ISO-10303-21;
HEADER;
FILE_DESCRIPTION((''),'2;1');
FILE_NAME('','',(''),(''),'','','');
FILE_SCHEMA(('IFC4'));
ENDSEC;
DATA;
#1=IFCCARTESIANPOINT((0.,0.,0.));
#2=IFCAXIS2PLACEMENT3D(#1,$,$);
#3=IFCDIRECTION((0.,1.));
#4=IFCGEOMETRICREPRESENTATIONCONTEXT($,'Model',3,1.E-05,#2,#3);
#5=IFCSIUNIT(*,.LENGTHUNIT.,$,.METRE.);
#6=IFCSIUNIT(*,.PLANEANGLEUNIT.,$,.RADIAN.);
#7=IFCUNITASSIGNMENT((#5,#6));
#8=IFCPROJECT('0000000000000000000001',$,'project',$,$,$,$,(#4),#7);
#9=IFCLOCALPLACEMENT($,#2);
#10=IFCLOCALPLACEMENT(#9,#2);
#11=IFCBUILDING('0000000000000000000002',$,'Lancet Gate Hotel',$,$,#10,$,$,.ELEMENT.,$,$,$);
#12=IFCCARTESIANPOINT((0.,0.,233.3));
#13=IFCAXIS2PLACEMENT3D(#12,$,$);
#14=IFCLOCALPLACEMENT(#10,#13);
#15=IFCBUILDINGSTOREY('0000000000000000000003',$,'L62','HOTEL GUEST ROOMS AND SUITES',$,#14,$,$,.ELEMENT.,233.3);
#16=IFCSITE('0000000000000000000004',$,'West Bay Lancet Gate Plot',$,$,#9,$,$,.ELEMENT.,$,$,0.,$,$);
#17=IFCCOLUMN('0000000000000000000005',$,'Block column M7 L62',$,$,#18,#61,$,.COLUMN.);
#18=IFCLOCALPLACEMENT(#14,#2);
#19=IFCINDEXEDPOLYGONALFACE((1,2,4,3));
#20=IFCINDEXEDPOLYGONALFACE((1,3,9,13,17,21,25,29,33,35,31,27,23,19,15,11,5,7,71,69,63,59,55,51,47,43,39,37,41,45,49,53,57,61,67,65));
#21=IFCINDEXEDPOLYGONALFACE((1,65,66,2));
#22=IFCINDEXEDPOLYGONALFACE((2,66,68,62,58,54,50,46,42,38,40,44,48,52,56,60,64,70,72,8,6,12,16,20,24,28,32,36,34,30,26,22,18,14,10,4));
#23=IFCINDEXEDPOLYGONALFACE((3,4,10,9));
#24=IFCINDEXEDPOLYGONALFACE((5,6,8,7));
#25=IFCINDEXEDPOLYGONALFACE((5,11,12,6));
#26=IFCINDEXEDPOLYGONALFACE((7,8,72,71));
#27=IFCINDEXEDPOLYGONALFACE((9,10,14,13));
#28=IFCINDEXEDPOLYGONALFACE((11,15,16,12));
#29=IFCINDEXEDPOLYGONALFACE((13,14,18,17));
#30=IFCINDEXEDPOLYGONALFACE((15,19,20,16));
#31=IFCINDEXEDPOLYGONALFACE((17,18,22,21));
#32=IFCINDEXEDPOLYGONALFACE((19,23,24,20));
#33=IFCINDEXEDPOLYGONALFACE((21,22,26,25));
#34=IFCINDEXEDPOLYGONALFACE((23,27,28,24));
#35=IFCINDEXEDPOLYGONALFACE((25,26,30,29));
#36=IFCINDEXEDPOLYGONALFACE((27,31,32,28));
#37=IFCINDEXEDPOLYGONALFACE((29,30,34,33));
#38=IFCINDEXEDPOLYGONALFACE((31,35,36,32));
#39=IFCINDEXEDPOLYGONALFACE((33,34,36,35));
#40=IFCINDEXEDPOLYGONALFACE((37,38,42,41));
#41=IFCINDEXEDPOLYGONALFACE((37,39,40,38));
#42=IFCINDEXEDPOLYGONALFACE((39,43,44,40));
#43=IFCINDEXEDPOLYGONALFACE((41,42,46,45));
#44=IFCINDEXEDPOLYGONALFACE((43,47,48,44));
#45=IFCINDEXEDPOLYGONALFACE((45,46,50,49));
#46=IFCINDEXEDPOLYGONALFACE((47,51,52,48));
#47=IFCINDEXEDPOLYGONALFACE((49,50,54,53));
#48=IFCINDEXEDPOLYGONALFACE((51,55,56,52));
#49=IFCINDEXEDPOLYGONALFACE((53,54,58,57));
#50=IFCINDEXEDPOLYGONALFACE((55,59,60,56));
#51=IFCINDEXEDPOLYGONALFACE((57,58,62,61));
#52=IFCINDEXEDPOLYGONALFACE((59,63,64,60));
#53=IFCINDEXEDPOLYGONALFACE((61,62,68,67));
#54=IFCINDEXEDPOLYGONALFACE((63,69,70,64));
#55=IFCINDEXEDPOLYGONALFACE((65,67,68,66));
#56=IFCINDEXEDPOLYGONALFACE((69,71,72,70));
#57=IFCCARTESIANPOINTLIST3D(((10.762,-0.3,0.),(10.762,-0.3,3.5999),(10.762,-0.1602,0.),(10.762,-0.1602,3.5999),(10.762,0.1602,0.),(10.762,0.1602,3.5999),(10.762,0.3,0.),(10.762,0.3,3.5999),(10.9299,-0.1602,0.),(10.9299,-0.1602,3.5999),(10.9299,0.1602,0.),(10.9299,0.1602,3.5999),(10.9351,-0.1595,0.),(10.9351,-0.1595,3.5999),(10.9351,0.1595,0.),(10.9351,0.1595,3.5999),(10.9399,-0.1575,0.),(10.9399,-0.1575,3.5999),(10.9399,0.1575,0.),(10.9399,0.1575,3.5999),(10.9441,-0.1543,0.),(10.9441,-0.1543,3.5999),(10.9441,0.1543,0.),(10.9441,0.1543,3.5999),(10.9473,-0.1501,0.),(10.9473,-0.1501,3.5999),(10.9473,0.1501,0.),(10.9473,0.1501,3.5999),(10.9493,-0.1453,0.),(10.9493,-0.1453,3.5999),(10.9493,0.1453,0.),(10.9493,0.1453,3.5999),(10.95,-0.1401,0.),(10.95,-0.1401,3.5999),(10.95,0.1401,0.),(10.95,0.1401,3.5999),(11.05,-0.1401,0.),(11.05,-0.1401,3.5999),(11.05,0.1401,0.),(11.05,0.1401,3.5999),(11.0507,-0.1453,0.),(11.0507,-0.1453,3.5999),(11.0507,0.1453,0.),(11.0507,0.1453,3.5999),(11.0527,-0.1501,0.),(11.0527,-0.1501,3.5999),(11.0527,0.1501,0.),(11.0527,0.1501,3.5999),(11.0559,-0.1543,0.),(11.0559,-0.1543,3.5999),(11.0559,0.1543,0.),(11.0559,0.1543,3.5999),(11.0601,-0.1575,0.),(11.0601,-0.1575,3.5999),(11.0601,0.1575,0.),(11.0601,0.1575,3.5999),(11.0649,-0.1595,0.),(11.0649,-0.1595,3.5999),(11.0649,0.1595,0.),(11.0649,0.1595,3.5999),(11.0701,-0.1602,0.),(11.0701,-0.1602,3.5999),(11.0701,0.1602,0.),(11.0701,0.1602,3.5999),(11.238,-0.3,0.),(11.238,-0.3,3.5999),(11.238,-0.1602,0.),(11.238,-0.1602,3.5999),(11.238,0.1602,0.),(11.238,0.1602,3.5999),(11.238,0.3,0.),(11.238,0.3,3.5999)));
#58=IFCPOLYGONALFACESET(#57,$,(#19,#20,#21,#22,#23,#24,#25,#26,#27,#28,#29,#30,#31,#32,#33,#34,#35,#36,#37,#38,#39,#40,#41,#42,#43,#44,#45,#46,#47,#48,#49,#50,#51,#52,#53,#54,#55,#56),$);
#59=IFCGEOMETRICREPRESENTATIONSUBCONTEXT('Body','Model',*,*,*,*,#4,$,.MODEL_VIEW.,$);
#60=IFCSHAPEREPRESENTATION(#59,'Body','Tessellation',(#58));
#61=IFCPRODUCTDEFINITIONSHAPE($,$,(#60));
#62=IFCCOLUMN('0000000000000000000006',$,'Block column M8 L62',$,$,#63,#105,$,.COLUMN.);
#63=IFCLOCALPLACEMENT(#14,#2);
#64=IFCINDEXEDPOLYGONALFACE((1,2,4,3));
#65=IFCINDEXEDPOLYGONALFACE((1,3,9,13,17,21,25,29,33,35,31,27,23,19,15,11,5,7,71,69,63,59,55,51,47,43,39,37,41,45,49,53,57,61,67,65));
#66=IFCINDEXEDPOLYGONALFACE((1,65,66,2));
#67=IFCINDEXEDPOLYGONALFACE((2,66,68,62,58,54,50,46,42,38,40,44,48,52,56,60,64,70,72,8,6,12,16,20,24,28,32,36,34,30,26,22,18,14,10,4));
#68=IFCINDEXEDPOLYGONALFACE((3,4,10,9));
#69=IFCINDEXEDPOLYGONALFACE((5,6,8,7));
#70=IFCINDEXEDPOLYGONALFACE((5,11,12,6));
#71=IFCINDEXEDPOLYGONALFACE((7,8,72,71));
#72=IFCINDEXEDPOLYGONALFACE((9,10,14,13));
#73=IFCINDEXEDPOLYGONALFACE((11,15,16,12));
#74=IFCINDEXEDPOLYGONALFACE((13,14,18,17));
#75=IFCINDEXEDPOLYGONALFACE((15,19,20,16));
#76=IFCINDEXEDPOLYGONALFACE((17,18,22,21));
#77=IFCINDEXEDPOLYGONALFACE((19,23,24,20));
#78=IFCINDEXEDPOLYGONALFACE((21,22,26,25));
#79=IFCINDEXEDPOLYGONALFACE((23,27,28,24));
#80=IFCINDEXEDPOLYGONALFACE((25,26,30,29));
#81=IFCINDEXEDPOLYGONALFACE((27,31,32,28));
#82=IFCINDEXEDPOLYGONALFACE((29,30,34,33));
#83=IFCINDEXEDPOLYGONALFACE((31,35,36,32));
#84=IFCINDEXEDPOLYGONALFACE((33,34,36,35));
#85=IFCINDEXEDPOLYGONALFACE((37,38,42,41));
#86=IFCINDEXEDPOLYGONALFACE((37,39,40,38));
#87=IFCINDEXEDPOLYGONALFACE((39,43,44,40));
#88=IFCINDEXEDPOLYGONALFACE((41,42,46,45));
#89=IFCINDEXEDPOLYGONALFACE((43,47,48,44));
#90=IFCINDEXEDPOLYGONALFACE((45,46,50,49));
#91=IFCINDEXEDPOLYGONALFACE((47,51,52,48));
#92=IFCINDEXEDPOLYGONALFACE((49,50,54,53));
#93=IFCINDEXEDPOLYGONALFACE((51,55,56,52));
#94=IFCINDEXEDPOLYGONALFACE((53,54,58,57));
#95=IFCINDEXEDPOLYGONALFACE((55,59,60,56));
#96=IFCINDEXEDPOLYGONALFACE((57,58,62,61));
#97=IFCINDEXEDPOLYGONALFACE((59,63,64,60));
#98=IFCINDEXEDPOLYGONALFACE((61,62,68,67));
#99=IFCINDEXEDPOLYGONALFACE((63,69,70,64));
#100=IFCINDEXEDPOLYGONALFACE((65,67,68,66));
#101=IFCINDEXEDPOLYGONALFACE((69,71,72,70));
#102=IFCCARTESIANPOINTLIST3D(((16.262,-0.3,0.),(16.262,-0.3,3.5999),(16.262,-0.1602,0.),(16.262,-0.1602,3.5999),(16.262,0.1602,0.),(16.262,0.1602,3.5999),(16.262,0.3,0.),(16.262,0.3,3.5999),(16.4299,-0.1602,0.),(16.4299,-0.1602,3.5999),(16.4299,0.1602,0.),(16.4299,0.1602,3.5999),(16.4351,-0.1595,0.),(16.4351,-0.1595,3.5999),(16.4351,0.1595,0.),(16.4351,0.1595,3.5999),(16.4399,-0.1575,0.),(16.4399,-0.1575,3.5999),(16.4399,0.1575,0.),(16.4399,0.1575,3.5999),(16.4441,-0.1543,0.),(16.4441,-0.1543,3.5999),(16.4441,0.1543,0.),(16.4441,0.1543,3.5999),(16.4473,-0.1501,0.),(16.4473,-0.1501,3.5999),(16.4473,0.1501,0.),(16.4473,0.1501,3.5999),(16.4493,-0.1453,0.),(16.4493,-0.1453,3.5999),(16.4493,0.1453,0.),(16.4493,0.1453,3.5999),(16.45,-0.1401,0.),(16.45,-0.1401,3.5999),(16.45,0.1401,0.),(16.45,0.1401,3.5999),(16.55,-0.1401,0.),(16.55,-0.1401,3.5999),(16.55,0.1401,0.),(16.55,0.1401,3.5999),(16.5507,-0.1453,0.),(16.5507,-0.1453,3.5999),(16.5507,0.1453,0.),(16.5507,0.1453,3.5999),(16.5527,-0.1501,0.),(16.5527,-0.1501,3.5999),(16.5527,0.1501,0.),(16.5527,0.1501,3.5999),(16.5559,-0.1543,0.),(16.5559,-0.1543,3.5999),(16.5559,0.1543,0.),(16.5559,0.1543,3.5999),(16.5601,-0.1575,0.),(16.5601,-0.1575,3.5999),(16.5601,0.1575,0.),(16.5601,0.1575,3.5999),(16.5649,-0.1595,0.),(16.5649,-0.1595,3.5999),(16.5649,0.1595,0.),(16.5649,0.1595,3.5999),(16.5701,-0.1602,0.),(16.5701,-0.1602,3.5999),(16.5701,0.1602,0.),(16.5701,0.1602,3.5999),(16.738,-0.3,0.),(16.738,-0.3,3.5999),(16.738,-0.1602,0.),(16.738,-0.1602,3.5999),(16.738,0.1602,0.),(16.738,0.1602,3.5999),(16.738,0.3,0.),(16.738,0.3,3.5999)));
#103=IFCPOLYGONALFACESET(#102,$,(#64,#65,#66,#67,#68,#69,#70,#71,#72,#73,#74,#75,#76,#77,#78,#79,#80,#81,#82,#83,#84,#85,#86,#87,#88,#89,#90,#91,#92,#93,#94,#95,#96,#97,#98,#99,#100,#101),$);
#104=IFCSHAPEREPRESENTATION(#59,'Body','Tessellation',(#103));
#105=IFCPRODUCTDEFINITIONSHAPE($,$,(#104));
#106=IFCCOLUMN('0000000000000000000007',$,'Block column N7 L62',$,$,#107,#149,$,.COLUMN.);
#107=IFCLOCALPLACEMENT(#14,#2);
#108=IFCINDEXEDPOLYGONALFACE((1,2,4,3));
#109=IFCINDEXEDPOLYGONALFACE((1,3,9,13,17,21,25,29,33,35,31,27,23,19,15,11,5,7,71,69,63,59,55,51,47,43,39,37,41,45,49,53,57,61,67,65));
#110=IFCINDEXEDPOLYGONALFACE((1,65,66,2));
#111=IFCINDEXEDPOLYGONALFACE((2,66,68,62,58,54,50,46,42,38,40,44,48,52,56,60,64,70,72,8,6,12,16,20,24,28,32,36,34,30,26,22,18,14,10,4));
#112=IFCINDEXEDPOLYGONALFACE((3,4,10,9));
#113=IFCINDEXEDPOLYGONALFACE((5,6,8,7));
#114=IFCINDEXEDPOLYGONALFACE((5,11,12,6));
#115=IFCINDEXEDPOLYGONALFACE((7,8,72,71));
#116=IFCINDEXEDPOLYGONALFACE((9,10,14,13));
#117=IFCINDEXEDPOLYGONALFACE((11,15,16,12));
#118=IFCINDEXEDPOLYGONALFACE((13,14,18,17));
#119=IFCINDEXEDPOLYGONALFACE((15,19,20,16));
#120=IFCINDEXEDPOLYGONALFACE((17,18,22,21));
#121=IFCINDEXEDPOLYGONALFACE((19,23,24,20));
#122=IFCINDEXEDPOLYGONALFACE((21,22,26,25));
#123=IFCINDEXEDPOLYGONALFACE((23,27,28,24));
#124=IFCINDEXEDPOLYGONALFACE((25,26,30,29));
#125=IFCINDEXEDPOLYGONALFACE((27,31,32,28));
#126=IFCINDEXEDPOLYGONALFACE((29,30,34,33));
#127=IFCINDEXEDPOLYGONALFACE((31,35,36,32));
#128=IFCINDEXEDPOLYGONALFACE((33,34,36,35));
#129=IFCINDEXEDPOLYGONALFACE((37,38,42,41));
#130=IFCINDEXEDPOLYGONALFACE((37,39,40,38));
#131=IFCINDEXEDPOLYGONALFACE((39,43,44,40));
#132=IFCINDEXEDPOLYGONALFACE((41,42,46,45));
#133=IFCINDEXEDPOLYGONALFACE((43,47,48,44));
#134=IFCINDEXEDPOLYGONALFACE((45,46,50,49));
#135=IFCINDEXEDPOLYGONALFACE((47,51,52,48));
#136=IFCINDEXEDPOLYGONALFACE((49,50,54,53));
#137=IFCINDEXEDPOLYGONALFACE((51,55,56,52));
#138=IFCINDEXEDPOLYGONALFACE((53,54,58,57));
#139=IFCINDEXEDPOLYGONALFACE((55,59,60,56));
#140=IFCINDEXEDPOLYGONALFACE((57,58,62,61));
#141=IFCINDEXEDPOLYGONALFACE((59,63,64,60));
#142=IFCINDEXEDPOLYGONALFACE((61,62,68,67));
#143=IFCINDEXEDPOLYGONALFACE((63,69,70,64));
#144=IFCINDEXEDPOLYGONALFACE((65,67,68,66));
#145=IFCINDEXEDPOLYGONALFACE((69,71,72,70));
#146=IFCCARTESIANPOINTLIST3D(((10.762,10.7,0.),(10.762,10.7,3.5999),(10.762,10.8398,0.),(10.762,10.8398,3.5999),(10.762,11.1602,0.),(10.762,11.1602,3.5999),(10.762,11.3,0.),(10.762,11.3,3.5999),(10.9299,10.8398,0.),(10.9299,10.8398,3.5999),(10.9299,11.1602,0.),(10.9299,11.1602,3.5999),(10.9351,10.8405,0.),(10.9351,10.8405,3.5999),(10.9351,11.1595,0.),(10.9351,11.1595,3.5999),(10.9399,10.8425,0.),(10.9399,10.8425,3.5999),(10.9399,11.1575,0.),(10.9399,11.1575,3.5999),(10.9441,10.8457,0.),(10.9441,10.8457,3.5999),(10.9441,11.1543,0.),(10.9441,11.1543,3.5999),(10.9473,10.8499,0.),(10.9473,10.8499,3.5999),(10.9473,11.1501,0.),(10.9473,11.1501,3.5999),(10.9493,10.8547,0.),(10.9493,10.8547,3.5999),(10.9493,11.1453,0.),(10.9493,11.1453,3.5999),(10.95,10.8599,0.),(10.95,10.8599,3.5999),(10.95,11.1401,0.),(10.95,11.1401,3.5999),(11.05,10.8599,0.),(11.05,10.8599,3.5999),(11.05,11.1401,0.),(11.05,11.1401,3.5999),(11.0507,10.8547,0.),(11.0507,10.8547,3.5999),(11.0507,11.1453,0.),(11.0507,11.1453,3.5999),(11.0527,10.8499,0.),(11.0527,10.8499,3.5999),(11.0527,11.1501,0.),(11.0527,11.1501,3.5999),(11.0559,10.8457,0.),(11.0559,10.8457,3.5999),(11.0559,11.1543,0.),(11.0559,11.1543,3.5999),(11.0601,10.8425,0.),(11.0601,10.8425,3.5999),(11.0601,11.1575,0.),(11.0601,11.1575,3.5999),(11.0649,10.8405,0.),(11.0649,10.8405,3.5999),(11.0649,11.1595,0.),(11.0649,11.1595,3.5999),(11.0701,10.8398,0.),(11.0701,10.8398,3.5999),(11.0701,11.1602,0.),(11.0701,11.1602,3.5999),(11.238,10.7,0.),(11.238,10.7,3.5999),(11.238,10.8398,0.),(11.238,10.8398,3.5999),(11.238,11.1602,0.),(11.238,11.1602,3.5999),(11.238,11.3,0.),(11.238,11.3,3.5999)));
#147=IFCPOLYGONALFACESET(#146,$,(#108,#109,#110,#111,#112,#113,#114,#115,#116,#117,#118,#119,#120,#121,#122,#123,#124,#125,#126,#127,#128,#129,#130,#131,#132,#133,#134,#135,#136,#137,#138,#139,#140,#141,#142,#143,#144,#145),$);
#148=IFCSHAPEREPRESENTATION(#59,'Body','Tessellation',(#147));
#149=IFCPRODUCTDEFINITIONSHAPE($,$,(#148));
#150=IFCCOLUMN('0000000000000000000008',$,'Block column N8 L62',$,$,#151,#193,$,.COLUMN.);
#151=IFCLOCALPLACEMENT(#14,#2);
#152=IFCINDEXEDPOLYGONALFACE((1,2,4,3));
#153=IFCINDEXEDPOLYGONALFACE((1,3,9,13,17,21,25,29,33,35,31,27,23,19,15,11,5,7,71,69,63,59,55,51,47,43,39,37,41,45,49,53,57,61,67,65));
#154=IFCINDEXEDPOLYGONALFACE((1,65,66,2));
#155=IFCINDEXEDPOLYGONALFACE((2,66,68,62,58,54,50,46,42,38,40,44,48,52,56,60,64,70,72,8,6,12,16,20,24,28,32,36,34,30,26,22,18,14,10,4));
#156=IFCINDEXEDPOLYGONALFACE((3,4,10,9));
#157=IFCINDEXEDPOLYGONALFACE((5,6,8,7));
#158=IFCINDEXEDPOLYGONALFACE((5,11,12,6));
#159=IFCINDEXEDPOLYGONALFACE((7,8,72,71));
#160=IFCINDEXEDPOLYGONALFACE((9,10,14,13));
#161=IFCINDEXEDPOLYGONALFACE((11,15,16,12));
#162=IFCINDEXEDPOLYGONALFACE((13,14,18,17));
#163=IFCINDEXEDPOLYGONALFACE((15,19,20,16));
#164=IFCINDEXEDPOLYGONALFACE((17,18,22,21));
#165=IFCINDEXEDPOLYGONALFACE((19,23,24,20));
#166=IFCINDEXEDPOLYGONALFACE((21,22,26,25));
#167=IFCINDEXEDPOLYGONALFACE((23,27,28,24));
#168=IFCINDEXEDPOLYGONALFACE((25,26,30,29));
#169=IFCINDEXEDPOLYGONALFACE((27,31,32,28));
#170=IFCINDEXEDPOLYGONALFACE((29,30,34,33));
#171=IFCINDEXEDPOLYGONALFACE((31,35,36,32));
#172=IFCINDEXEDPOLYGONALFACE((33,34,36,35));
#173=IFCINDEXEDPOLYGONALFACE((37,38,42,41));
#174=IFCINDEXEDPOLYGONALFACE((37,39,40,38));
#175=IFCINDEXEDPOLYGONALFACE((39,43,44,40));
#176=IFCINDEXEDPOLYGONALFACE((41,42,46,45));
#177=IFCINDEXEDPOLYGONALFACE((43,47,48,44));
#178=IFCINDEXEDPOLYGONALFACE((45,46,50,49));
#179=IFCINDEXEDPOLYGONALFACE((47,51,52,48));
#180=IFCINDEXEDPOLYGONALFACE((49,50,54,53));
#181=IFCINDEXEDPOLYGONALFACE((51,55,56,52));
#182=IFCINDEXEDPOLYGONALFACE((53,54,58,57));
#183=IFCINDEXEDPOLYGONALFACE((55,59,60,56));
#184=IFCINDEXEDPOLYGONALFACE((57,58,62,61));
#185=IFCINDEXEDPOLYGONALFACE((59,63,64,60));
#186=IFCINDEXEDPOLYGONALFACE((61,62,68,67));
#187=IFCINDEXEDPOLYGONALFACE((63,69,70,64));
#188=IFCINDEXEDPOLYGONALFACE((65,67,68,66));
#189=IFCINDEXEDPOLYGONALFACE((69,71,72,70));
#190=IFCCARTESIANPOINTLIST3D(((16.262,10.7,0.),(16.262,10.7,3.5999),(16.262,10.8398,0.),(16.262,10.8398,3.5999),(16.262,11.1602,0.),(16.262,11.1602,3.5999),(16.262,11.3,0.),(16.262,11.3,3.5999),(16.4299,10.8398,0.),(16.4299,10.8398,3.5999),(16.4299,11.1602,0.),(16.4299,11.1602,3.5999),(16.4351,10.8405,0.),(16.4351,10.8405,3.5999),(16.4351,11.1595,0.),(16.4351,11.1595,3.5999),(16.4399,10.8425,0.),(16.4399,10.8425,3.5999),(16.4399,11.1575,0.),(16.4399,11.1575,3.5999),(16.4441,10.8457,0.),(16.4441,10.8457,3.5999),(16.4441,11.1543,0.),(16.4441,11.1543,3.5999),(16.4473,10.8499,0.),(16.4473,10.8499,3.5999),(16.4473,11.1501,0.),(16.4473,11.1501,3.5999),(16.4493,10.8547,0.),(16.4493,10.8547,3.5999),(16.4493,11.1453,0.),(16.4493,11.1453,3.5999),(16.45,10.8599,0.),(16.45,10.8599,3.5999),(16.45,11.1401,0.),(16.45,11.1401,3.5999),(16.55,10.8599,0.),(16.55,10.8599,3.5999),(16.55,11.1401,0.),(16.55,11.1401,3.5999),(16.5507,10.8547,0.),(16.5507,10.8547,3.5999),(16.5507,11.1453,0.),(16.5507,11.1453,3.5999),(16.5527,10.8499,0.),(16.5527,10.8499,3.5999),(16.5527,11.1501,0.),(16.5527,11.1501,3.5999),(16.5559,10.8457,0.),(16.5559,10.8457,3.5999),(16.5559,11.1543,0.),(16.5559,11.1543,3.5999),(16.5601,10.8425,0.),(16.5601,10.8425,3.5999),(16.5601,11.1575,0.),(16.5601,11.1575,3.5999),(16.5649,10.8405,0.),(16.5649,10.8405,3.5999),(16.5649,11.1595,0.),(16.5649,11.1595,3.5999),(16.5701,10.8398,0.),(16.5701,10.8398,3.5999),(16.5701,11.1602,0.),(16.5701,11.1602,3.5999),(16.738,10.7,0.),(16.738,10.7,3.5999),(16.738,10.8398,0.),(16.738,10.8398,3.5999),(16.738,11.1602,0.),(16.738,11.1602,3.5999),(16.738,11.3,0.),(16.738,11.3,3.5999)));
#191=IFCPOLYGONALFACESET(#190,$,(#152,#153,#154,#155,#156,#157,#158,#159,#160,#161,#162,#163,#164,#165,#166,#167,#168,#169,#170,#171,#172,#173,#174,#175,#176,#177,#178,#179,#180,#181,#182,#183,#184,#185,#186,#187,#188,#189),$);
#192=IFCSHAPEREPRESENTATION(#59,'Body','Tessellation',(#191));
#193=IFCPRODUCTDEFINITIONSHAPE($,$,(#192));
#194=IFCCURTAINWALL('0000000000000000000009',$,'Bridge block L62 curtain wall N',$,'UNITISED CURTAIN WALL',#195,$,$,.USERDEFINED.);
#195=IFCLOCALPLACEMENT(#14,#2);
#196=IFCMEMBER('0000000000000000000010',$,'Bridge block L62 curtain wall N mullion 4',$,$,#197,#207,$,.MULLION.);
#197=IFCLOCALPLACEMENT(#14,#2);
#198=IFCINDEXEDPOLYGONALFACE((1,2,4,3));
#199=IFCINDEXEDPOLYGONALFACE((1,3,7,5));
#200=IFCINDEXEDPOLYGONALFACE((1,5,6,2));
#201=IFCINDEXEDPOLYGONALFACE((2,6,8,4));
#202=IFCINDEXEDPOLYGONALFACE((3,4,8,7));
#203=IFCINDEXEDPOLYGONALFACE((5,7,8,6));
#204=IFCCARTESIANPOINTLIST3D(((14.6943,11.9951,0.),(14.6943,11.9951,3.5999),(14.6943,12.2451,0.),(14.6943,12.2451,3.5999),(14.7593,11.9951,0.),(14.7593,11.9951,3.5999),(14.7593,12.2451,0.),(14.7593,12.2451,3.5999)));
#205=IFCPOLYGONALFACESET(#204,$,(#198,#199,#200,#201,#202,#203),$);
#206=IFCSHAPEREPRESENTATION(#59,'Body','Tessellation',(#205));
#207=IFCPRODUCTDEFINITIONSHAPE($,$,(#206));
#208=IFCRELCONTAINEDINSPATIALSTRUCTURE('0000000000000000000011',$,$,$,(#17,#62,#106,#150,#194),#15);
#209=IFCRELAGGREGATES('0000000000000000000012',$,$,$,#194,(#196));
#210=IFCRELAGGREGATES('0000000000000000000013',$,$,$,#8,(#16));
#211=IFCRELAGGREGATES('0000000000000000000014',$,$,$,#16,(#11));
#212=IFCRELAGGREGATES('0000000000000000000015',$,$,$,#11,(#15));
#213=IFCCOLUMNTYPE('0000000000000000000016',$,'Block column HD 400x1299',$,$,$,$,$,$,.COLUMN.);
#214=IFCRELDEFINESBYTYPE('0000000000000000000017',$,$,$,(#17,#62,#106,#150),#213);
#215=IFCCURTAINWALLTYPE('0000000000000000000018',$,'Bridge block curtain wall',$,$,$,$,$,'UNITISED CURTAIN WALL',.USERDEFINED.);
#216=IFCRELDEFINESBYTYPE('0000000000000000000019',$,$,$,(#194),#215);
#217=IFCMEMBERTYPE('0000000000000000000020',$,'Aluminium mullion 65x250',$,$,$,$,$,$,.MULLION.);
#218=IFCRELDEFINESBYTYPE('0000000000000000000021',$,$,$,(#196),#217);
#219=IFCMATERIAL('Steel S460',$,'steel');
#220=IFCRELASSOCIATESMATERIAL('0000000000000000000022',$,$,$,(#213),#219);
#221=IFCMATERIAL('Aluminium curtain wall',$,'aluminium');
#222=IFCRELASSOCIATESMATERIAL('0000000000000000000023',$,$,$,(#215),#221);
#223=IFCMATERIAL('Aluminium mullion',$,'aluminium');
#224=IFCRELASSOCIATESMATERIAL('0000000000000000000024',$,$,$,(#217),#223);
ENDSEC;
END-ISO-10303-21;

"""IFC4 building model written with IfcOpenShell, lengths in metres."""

from ifc_helpers import new_model, si_unit, direction, frame, origin, origin_2d, place, context, subcontext, project, spatial, rectangle, i_section, extrude, material, material_profile, profile_set, type_object, element, aggregate, save


model = new_model("IFC4")

# Units and contexts
model_context = context("Model", 3, precision=1e-05, world=origin(), true_north=direction((0.0, 1.0)))
body_context = subcontext(model_context, "Body", "Model", "MODEL_VIEW")
ifc_project = project(units=[si_unit("LENGTHUNIT", "METRE"), si_unit("PLANEANGLEUNIT", "RADIAN")], contexts=[model_context])

# Site, building, storey
site_placement = place(None, origin())
site = spatial("IfcSite", under=ifc_project, at=site_placement, Name="West Bay Lancet Gate Plot", CompositionType="ELEMENT", RefElevation=0.0)
building_placement = place(site_placement, origin())
building = spatial("IfcBuilding", under=site, at=building_placement, Name="Lancet Gate Hotel", CompositionType="ELEMENT")
storey_placement = place(building_placement, frame((0.0, 0.0, 233.3)))
storey = spatial("IfcBuildingStorey", under=building, at=storey_placement, Name="L62", Description="HOTEL GUEST ROOMS AND SUITES", CompositionType="ELEMENT", Elevation=233.3)

# Columns
ifc_material_1 = material(Name="Steel S460", Category="steel")
ifc_material_profile_1 = material_profile(ifc_material_1, i_section(OverallWidth=0.4761, OverallDepth=0.6001, WebThickness=0.1001, FlangeThickness=0.1399, FilletRadius=0.02, at=origin_2d()), Name="HD 400x1299")
ifc_profile_set_1 = profile_set([ifc_material_profile_1], Name="Steel S460")
column_type = type_object("IfcColumnType", Name="Block column HD 400x1299", PredefinedType="COLUMN", material=ifc_profile_set_1)
for number, where, z_axis, x_axis, name in (
    (1, (11.0, 0.0, 0.0), (0.0, 0.0, 1.0), (1.0, 0.0, 0.0), "Block column M7 L62"),
    (2, (16.5, 0.0, 0.0), (0.0, 0.0, 1.0), (1.0, 0.0, 0.0), "Block column M8 L62"),
    (3, (11.0, 11.0, 0.0), (0.0, 0.0, 1.0), (1.0, 0.0, 0.0), "Block column N7 L62"),
    (4, (16.5, 11.0, 0.0), (0.0, 0.0, 1.0), (1.0, 0.0, 0.0), "Block column N8 L62"),
):
    element("IfcColumn", number, at=place(storey_placement, frame(where, z_axis=z_axis, x_axis=x_axis)), inside=storey, type_object=column_type, Name=name, PredefinedType="COLUMN", context=body_context, shape_type="SweptSolid", body=[
        extrude(i_section(OverallWidth=0.4761, OverallDepth=0.6001, WebThickness=0.1001, FlangeThickness=0.1399, FilletRadius=0.02, at=origin_2d()), origin(), (0.0, 0.0, 1.0), 3.5999),
    ])

# Curtain wall, member
ifc_material_2 = material(Name="Aluminium curtain wall", Category="aluminium")
curtain_wall_type = type_object("IfcCurtainWallType", Name="Bridge block curtain wall", ElementType="UNITISED CURTAIN WALL", PredefinedType="USERDEFINED", material=ifc_material_2)
curtain_wall_placement = place(storey_placement, origin())
curtain_wall = element("IfcCurtainWall", 5, at=curtain_wall_placement, inside=storey, type_object=curtain_wall_type, Name="Bridge block L62 curtain wall N", ObjectType="UNITISED CURTAIN WALL", PredefinedType="USERDEFINED")
ifc_material_3 = material(Name="Aluminium mullion", Category="aluminium")
ifc_material_profile_2 = material_profile(ifc_material_3, rectangle(XDim=0.0649, YDim=0.25, at=origin_2d()), Name="MULLION 65x250")
ifc_profile_set_2 = profile_set([ifc_material_profile_2], Name="Aluminium mullion")
member_type_1 = type_object("IfcMemberType", Name="Aluminium mullion 65x250", PredefinedType="MULLION", material=ifc_profile_set_2)
member_1_placement = place(storey_placement, frame((14.7268, 12.1201, 0.0), z_axis=(0.0, 0.0, 1.0), x_axis=(-1.0, 0.0, 0.0)))
member_1 = element("IfcMember", 6, at=member_1_placement, type_object=member_type_1, Name="Bridge block L62 curtain wall N mullion 4", PredefinedType="MULLION", context=body_context, shape_type="SweptSolid", body=[
    extrude(rectangle(XDim=0.0649, YDim=0.25, at=origin_2d()), origin(), (0.0, 0.0, 1.0), 3.5999),
])

aggregate(curtain_wall, [member_1])

save(model, "model.ifc")
